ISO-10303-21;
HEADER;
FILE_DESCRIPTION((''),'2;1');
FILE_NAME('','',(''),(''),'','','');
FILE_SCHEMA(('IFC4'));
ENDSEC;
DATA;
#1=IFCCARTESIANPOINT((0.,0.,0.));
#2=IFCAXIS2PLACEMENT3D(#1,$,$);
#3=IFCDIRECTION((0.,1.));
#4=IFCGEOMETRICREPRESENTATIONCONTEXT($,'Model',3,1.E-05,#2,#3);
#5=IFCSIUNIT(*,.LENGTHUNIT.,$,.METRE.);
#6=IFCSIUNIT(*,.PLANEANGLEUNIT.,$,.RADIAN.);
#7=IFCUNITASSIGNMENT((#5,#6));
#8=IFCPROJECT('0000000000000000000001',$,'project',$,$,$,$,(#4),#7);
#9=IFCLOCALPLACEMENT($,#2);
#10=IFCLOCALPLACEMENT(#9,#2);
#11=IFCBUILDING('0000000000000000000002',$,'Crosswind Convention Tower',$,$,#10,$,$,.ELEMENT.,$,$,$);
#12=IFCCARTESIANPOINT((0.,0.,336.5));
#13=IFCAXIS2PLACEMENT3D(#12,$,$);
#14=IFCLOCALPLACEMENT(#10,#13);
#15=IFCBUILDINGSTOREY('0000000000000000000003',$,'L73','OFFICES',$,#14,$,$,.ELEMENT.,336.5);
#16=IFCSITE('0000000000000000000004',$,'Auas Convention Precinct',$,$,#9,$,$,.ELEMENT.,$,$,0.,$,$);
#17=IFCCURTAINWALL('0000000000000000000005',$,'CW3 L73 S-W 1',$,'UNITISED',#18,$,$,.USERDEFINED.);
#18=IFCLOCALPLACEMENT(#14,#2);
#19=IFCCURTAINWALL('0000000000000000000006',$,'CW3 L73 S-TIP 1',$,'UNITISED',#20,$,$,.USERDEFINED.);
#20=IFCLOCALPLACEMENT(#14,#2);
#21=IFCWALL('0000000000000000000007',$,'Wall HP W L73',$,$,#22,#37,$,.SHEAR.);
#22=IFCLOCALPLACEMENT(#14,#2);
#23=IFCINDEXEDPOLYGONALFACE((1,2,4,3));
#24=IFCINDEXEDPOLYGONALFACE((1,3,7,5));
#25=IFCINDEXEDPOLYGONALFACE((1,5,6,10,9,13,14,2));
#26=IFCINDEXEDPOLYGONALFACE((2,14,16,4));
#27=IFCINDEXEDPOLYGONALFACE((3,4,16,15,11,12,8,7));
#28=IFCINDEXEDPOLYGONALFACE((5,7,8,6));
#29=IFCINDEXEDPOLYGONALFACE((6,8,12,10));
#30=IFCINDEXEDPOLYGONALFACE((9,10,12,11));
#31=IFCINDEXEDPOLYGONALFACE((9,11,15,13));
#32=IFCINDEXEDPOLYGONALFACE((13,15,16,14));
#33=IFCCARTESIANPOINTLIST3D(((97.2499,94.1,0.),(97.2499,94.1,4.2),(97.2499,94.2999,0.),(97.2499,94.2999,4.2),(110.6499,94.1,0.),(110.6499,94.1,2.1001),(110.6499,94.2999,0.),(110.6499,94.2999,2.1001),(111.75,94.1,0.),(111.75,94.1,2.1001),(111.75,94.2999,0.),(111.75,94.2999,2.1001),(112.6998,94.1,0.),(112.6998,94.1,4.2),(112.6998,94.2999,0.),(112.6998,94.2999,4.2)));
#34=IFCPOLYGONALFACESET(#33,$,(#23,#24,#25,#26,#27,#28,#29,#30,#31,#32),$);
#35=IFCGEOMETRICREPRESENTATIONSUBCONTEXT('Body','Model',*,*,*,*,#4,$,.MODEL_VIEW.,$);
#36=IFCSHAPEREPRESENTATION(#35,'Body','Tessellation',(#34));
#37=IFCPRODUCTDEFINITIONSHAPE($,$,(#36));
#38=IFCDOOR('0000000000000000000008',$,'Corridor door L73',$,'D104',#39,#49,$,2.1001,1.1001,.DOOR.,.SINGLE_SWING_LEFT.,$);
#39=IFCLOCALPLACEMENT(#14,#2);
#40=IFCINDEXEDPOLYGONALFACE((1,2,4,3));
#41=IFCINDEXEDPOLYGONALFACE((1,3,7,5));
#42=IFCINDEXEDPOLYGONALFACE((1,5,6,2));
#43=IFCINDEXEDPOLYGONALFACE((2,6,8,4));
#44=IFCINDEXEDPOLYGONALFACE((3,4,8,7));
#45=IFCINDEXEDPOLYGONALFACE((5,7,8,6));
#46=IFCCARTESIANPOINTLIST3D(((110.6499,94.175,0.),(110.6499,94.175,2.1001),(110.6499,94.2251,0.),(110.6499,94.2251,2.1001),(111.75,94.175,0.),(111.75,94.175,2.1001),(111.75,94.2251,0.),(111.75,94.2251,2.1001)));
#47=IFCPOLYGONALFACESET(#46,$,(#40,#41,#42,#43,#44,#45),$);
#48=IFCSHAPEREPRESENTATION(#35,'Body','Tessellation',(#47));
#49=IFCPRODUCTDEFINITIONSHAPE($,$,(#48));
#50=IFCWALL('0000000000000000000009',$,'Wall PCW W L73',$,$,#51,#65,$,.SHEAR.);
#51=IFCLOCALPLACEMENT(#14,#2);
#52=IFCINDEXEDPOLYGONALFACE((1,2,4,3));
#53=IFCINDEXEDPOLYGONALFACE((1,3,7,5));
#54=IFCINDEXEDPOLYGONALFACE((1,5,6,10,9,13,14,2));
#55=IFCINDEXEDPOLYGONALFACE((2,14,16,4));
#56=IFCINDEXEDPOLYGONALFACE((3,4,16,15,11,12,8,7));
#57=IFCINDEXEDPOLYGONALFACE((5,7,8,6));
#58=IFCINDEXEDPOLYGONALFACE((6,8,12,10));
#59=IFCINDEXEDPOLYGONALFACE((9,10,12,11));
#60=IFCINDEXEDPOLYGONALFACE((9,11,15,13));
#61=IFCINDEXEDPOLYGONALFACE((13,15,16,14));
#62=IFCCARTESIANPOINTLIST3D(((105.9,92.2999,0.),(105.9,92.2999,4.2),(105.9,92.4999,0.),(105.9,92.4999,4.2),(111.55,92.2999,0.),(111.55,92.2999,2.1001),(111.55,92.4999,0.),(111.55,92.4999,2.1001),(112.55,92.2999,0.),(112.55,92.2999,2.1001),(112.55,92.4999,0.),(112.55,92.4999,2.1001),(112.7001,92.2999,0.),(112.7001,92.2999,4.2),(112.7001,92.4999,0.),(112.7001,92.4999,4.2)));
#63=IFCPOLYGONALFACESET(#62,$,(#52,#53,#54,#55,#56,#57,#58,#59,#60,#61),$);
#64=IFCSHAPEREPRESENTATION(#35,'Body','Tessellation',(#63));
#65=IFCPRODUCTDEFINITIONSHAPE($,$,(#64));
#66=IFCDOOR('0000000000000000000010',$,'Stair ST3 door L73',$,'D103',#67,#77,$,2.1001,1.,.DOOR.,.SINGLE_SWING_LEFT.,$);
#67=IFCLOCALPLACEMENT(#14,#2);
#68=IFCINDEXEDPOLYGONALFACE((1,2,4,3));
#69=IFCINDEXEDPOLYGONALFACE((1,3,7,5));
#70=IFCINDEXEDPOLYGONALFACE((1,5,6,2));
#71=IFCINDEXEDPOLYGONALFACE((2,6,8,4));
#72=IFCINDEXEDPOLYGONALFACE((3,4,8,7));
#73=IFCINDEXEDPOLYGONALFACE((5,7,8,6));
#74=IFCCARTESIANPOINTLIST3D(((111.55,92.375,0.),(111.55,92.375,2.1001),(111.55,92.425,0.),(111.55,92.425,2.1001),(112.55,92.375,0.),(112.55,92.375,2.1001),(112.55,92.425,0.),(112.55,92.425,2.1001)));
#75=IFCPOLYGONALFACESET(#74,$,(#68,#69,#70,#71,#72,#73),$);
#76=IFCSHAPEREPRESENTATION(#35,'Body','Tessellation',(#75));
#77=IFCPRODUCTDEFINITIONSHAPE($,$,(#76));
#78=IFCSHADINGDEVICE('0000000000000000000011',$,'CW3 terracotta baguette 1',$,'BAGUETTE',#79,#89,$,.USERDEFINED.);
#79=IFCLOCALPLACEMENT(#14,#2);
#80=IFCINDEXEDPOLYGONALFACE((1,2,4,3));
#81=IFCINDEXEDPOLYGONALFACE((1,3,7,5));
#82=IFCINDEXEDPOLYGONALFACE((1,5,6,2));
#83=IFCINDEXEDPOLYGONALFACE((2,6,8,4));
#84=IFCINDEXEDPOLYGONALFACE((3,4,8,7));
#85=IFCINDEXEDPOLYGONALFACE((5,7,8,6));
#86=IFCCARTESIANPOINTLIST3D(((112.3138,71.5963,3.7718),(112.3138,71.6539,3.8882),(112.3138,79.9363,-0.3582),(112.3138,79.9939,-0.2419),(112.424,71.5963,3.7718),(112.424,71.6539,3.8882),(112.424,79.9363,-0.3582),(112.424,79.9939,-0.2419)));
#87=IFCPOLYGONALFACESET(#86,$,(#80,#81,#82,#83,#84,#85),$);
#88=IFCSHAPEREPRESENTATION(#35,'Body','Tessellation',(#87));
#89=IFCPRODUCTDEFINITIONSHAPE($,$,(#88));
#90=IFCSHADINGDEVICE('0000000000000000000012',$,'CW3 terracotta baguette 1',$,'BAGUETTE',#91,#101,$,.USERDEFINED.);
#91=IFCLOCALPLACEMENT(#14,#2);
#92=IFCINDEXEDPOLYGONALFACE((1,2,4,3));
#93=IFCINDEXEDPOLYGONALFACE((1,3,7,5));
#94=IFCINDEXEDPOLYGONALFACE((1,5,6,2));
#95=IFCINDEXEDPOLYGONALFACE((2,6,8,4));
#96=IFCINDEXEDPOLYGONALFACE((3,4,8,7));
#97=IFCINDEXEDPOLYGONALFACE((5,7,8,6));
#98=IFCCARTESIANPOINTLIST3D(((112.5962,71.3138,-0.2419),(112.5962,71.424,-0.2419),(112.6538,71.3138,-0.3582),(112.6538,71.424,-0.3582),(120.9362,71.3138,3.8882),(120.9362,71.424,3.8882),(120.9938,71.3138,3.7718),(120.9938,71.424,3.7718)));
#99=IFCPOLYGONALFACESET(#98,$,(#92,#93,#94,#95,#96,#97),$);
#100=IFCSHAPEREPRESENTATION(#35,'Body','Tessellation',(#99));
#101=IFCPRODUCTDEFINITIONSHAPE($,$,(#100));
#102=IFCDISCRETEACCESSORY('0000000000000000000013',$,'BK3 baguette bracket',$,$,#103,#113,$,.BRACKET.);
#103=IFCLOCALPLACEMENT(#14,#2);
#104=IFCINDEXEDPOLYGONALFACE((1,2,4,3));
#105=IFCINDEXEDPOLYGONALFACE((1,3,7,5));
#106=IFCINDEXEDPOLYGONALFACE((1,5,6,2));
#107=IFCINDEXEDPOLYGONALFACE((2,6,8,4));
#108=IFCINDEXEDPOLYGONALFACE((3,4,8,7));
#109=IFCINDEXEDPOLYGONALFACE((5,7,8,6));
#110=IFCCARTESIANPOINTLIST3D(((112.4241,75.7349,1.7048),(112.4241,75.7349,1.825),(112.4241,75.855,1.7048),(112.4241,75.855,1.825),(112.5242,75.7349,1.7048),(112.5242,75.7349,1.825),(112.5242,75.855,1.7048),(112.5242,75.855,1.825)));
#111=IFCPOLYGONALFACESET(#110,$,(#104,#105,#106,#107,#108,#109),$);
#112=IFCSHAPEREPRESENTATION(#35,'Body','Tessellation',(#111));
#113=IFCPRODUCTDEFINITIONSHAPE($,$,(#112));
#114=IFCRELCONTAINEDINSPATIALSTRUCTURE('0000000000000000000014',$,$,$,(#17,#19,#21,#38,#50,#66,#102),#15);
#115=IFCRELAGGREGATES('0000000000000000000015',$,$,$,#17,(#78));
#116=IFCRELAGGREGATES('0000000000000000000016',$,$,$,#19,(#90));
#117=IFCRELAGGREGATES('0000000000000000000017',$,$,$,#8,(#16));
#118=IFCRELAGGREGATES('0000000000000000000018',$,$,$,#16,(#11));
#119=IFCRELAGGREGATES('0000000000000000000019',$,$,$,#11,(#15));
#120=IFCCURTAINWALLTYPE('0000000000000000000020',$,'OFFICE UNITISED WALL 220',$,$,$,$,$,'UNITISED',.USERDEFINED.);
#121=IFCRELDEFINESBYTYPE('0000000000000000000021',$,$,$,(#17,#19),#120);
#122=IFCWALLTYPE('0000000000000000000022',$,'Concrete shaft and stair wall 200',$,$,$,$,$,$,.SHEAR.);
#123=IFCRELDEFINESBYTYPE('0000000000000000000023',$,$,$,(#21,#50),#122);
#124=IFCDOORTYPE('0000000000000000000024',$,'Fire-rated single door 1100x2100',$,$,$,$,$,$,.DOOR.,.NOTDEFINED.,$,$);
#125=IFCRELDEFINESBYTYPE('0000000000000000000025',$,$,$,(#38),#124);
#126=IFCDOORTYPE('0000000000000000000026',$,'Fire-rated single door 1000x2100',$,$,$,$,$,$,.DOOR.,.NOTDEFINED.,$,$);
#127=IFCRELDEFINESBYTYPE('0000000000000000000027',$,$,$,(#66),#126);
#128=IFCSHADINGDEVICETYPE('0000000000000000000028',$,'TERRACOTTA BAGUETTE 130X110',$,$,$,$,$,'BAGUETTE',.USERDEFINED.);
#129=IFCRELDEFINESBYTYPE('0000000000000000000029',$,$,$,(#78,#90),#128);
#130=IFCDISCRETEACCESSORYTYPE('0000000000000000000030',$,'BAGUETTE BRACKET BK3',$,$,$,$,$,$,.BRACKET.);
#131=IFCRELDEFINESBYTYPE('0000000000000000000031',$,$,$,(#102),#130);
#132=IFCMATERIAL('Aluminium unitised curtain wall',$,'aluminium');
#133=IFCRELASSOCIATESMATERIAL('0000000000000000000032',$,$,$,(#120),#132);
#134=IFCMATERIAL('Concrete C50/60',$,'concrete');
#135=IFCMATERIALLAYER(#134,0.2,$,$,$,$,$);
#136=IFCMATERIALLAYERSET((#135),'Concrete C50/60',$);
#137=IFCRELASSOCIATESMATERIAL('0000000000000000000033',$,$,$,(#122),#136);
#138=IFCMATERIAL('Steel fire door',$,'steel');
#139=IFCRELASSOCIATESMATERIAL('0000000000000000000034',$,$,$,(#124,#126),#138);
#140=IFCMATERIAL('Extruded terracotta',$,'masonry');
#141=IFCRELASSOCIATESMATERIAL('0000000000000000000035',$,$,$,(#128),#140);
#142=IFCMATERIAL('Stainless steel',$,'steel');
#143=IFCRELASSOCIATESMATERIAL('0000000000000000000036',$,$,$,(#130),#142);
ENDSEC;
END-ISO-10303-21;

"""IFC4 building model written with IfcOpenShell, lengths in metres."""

from ifc_helpers import new_model, si_unit, direction, frame, frame_2d, origin, origin_2d, place, context, subcontext, project, spatial, rectangle, extrude, material, layer, layer_set, material_profile, profile_set, type_object, element, fill, aggregate, save


model = new_model("IFC4")

# Units and contexts
model_context = context("Model", 3, precision=1e-05, world=origin(), true_north=direction((0.0, 1.0)))
body_context = subcontext(model_context, "Body", "Model", "MODEL_VIEW")
ifc_project = project(units=[si_unit("LENGTHUNIT", "METRE"), si_unit("PLANEANGLEUNIT", "RADIAN")], contexts=[model_context])

# Site, building, storey
site_placement = place(None, origin())
site = spatial("IfcSite", under=ifc_project, at=site_placement, Name="Auas Convention Precinct", CompositionType="ELEMENT", RefElevation=0.0)
building_placement = place(site_placement, origin())
building = spatial("IfcBuilding", under=site, at=building_placement, Name="Crosswind Convention Tower", CompositionType="ELEMENT")
storey_placement = place(building_placement, frame((0.0, 0.0, 336.5)))
storey = spatial("IfcBuildingStorey", under=building, at=storey_placement, Name="L73", Description="OFFICES", CompositionType="ELEMENT", Elevation=336.5)

# Curtain wall
ifc_material_1 = material(Name="Aluminium unitised curtain wall", Category="aluminium")
curtain_wall_type_1 = type_object("IfcCurtainWallType", Name="OFFICE UNITISED WALL 220", ElementType="UNITISED", PredefinedType="USERDEFINED", material=ifc_material_1)
curtain_wall_1_placement = place(storey_placement, origin())
curtain_wall_1 = element("IfcCurtainWall", 1, at=curtain_wall_1_placement, inside=storey, type_object=curtain_wall_type_1, Name="CW3 L73 S-W 1", ObjectType="UNITISED", PredefinedType="USERDEFINED")

# Curtain wall
curtain_wall_2_placement = place(storey_placement, origin())
curtain_wall_2 = element("IfcCurtainWall", 2, at=curtain_wall_2_placement, inside=storey, type_object=curtain_wall_type_1, Name="CW3 L73 S-TIP 1", ObjectType="UNITISED", PredefinedType="USERDEFINED")

# Shared definitions
ifc_material_2 = material(Name="Concrete C50/60", Category="concrete")

# Walls, openings, doors
ifc_layer_1 = layer(ifc_material_2, 0.2)
ifc_layer_set_1 = layer_set([ifc_layer_1], Name="Concrete C50/60")
wall_type_1 = type_object("IfcWallType", Name="Concrete shaft and stair wall 200", PredefinedType="SHEAR", material=ifc_layer_set_1)
wall_1_placement = place(storey_placement, frame((112.7, 94.2, 0.0), z_axis=(0.0, 0.0, 1.0), x_axis=(-1.0, 0.0, 0.0)))
wall_1 = element("IfcWall", 3, at=wall_1_placement, inside=storey, type_object=wall_type_1, Name="Wall HP W L73", PredefinedType="SHEAR", context=body_context, shape_type="SweptSolid", body=[
    extrude(rectangle(XDim=15.45, YDim=0.2, at=frame_2d((7.7251, 0.0))), origin(), (0.0, 0.0, 1.0), 4.2),
])
opening_1_placement = place(wall_1_placement, frame((0.95, 0.0, 0.0)))
opening_1 = element("IfcOpeningElement", 4, at=opening_1_placement, cuts=wall_1, PredefinedType="OPENING", context=body_context, shape_type="SweptSolid", body=[
    extrude(rectangle(XDim=1.1001, YDim=2.1001, at=frame_2d((0.55, 1.05))), frame((0.0, 0.1099, 0.0), z_axis=(0.0, -1.0, 0.0), x_axis=(1.0, 0.0, 0.0)), (0.0, 0.0, 1.0), 0.22),
])
ifc_material_3 = material(Name="Steel fire door", Category="steel")
door_type_1 = type_object("IfcDoorType", Name="Fire-rated single door 1100x2100", OperationType="NOTDEFINED", PredefinedType="DOOR", material=ifc_material_3)
door_1_placement = place(opening_1_placement, origin())
door_1 = element("IfcDoor", 5, at=door_1_placement, inside=storey, type_object=door_type_1, Name="Corridor door L73", ObjectType="D104", OperationType="SINGLE_SWING_LEFT", OverallHeight=2.1001, OverallWidth=1.1001, PredefinedType="DOOR", context=body_context, shape_type="SweptSolid", body=[
    extrude(rectangle(XDim=1.1001, YDim=2.1001, at=frame_2d((0.55, 1.05))), frame((0.0, 0.0249, 0.0), z_axis=(0.0, -1.0, 0.0), x_axis=(1.0, 0.0, 0.0)), (0.0, 0.0, 1.0), 0.05),
])
fill(opening_1, door_1)
wall_2_placement = place(storey_placement, frame((112.7, 92.3999, 0.0), z_axis=(0.0, 0.0, 1.0), x_axis=(-1.0, 0.0, 0.0)))
wall_2 = element("IfcWall", 6, at=wall_2_placement, inside=storey, type_object=wall_type_1, Name="Wall PCW W L73", PredefinedType="SHEAR", context=body_context, shape_type="SweptSolid", body=[
    extrude(rectangle(XDim=6.8, YDim=0.2, at=frame_2d((3.3999, 0.0))), origin(), (0.0, 0.0, 1.0), 4.2),
])
opening_2_placement = place(wall_2_placement, frame((0.1499, 0.0, 0.0)))
opening_2 = element("IfcOpeningElement", 7, at=opening_2_placement, cuts=wall_2, PredefinedType="OPENING", context=body_context, shape_type="SweptSolid", body=[
    extrude(rectangle(XDim=1.0, YDim=2.1001, at=frame_2d((0.5, 1.05))), frame((0.0, 0.1099, 0.0), z_axis=(0.0, -1.0, 0.0), x_axis=(1.0, 0.0, 0.0)), (0.0, 0.0, 1.0), 0.22),
])
door_type_2 = type_object("IfcDoorType", Name="Fire-rated single door 1000x2100", OperationType="NOTDEFINED", PredefinedType="DOOR", material=ifc_material_3)
door_2_placement = place(opening_2_placement, origin())
door_2 = element("IfcDoor", 8, at=door_2_placement, inside=storey, type_object=door_type_2, Name="Stair ST3 door L73", ObjectType="D103", OperationType="SINGLE_SWING_LEFT", OverallHeight=2.1001, OverallWidth=1.0, PredefinedType="DOOR", context=body_context, shape_type="SweptSolid", body=[
    extrude(rectangle(XDim=1.0, YDim=2.1001, at=frame_2d((0.5, 1.05))), frame((0.0, 0.0249, 0.0), z_axis=(0.0, -1.0, 0.0), x_axis=(1.0, 0.0, 0.0)), (0.0, 0.0, 1.0), 0.05),
])
fill(opening_2, door_2)

# Shading devices
ifc_material_4 = material(Name="Extruded terracotta", Category="masonry")
ifc_material_profile_1 = material_profile(ifc_material_4, rectangle(XDim=0.1101, YDim=0.1299, at=origin_2d()), Name="TC 110X130")
ifc_profile_set_1 = profile_set([ifc_material_profile_1], Name="Extruded terracotta")
shading_device_type = type_object("IfcShadingDeviceType", Name="TERRACOTTA BAGUETTE 130X110", ElementType="BAGUETTE", PredefinedType="USERDEFINED", material=ifc_profile_set_1)
shading_device_1_placement = place(storey_placement, frame((112.3689, 79.9651, -0.3), z_axis=(0.0, -0.896136, 0.443779), x_axis=(1.0, 0.0, 0.0)))
shading_device_1 = element("IfcShadingDevice", 9, at=shading_device_1_placement, type_object=shading_device_type, Name="CW3 terracotta baguette 1", ObjectType="BAGUETTE", PredefinedType="USERDEFINED", context=body_context, shape_type="SweptSolid", body=[
    extrude(rectangle(XDim=0.1101, YDim=0.1299, at=origin_2d()), origin(), (0.0, 0.0, 1.0), 9.3066),
])
aggregate(curtain_wall_1, [shading_device_1])
shading_device_2_placement = place(storey_placement, frame((112.625, 71.3689, -0.3), z_axis=(0.896136, 0.0, 0.443779), x_axis=(0.0, 1.0, 0.0)))
shading_device_2 = element("IfcShadingDevice", 10, at=shading_device_2_placement, type_object=shading_device_type, Name="CW3 terracotta baguette 1", ObjectType="BAGUETTE", PredefinedType="USERDEFINED", context=body_context, shape_type="SweptSolid", body=[
    extrude(rectangle(XDim=0.1101, YDim=0.1299, at=origin_2d()), origin(), (0.0, 0.0, 1.0), 9.3066),
])
aggregate(curtain_wall_2, [shading_device_2])

# Discrete accessory
ifc_material_5 = material(Name="Stainless steel", Category="steel")
discrete_accessory_type = type_object("IfcDiscreteAccessoryType", Name="BAGUETTE BRACKET BK3", PredefinedType="BRACKET", material=ifc_material_5)
discrete_accessory_placement = place(storey_placement, frame((112.4741, 75.7949, 1.7048), z_axis=(0.0, 0.0, 1.0), x_axis=(0.0, -1.0, 0.0)))
element("IfcDiscreteAccessory", 11, at=discrete_accessory_placement, inside=storey, type_object=discrete_accessory_type, Name="BK3 baguette bracket", PredefinedType="BRACKET", context=body_context, shape_type="SweptSolid", body=[
    extrude(rectangle(XDim=0.1201, YDim=0.1001, at=origin_2d()), origin(), (0.0, 0.0, 1.0), 0.1201),
])

save(model, "model.ifc")
